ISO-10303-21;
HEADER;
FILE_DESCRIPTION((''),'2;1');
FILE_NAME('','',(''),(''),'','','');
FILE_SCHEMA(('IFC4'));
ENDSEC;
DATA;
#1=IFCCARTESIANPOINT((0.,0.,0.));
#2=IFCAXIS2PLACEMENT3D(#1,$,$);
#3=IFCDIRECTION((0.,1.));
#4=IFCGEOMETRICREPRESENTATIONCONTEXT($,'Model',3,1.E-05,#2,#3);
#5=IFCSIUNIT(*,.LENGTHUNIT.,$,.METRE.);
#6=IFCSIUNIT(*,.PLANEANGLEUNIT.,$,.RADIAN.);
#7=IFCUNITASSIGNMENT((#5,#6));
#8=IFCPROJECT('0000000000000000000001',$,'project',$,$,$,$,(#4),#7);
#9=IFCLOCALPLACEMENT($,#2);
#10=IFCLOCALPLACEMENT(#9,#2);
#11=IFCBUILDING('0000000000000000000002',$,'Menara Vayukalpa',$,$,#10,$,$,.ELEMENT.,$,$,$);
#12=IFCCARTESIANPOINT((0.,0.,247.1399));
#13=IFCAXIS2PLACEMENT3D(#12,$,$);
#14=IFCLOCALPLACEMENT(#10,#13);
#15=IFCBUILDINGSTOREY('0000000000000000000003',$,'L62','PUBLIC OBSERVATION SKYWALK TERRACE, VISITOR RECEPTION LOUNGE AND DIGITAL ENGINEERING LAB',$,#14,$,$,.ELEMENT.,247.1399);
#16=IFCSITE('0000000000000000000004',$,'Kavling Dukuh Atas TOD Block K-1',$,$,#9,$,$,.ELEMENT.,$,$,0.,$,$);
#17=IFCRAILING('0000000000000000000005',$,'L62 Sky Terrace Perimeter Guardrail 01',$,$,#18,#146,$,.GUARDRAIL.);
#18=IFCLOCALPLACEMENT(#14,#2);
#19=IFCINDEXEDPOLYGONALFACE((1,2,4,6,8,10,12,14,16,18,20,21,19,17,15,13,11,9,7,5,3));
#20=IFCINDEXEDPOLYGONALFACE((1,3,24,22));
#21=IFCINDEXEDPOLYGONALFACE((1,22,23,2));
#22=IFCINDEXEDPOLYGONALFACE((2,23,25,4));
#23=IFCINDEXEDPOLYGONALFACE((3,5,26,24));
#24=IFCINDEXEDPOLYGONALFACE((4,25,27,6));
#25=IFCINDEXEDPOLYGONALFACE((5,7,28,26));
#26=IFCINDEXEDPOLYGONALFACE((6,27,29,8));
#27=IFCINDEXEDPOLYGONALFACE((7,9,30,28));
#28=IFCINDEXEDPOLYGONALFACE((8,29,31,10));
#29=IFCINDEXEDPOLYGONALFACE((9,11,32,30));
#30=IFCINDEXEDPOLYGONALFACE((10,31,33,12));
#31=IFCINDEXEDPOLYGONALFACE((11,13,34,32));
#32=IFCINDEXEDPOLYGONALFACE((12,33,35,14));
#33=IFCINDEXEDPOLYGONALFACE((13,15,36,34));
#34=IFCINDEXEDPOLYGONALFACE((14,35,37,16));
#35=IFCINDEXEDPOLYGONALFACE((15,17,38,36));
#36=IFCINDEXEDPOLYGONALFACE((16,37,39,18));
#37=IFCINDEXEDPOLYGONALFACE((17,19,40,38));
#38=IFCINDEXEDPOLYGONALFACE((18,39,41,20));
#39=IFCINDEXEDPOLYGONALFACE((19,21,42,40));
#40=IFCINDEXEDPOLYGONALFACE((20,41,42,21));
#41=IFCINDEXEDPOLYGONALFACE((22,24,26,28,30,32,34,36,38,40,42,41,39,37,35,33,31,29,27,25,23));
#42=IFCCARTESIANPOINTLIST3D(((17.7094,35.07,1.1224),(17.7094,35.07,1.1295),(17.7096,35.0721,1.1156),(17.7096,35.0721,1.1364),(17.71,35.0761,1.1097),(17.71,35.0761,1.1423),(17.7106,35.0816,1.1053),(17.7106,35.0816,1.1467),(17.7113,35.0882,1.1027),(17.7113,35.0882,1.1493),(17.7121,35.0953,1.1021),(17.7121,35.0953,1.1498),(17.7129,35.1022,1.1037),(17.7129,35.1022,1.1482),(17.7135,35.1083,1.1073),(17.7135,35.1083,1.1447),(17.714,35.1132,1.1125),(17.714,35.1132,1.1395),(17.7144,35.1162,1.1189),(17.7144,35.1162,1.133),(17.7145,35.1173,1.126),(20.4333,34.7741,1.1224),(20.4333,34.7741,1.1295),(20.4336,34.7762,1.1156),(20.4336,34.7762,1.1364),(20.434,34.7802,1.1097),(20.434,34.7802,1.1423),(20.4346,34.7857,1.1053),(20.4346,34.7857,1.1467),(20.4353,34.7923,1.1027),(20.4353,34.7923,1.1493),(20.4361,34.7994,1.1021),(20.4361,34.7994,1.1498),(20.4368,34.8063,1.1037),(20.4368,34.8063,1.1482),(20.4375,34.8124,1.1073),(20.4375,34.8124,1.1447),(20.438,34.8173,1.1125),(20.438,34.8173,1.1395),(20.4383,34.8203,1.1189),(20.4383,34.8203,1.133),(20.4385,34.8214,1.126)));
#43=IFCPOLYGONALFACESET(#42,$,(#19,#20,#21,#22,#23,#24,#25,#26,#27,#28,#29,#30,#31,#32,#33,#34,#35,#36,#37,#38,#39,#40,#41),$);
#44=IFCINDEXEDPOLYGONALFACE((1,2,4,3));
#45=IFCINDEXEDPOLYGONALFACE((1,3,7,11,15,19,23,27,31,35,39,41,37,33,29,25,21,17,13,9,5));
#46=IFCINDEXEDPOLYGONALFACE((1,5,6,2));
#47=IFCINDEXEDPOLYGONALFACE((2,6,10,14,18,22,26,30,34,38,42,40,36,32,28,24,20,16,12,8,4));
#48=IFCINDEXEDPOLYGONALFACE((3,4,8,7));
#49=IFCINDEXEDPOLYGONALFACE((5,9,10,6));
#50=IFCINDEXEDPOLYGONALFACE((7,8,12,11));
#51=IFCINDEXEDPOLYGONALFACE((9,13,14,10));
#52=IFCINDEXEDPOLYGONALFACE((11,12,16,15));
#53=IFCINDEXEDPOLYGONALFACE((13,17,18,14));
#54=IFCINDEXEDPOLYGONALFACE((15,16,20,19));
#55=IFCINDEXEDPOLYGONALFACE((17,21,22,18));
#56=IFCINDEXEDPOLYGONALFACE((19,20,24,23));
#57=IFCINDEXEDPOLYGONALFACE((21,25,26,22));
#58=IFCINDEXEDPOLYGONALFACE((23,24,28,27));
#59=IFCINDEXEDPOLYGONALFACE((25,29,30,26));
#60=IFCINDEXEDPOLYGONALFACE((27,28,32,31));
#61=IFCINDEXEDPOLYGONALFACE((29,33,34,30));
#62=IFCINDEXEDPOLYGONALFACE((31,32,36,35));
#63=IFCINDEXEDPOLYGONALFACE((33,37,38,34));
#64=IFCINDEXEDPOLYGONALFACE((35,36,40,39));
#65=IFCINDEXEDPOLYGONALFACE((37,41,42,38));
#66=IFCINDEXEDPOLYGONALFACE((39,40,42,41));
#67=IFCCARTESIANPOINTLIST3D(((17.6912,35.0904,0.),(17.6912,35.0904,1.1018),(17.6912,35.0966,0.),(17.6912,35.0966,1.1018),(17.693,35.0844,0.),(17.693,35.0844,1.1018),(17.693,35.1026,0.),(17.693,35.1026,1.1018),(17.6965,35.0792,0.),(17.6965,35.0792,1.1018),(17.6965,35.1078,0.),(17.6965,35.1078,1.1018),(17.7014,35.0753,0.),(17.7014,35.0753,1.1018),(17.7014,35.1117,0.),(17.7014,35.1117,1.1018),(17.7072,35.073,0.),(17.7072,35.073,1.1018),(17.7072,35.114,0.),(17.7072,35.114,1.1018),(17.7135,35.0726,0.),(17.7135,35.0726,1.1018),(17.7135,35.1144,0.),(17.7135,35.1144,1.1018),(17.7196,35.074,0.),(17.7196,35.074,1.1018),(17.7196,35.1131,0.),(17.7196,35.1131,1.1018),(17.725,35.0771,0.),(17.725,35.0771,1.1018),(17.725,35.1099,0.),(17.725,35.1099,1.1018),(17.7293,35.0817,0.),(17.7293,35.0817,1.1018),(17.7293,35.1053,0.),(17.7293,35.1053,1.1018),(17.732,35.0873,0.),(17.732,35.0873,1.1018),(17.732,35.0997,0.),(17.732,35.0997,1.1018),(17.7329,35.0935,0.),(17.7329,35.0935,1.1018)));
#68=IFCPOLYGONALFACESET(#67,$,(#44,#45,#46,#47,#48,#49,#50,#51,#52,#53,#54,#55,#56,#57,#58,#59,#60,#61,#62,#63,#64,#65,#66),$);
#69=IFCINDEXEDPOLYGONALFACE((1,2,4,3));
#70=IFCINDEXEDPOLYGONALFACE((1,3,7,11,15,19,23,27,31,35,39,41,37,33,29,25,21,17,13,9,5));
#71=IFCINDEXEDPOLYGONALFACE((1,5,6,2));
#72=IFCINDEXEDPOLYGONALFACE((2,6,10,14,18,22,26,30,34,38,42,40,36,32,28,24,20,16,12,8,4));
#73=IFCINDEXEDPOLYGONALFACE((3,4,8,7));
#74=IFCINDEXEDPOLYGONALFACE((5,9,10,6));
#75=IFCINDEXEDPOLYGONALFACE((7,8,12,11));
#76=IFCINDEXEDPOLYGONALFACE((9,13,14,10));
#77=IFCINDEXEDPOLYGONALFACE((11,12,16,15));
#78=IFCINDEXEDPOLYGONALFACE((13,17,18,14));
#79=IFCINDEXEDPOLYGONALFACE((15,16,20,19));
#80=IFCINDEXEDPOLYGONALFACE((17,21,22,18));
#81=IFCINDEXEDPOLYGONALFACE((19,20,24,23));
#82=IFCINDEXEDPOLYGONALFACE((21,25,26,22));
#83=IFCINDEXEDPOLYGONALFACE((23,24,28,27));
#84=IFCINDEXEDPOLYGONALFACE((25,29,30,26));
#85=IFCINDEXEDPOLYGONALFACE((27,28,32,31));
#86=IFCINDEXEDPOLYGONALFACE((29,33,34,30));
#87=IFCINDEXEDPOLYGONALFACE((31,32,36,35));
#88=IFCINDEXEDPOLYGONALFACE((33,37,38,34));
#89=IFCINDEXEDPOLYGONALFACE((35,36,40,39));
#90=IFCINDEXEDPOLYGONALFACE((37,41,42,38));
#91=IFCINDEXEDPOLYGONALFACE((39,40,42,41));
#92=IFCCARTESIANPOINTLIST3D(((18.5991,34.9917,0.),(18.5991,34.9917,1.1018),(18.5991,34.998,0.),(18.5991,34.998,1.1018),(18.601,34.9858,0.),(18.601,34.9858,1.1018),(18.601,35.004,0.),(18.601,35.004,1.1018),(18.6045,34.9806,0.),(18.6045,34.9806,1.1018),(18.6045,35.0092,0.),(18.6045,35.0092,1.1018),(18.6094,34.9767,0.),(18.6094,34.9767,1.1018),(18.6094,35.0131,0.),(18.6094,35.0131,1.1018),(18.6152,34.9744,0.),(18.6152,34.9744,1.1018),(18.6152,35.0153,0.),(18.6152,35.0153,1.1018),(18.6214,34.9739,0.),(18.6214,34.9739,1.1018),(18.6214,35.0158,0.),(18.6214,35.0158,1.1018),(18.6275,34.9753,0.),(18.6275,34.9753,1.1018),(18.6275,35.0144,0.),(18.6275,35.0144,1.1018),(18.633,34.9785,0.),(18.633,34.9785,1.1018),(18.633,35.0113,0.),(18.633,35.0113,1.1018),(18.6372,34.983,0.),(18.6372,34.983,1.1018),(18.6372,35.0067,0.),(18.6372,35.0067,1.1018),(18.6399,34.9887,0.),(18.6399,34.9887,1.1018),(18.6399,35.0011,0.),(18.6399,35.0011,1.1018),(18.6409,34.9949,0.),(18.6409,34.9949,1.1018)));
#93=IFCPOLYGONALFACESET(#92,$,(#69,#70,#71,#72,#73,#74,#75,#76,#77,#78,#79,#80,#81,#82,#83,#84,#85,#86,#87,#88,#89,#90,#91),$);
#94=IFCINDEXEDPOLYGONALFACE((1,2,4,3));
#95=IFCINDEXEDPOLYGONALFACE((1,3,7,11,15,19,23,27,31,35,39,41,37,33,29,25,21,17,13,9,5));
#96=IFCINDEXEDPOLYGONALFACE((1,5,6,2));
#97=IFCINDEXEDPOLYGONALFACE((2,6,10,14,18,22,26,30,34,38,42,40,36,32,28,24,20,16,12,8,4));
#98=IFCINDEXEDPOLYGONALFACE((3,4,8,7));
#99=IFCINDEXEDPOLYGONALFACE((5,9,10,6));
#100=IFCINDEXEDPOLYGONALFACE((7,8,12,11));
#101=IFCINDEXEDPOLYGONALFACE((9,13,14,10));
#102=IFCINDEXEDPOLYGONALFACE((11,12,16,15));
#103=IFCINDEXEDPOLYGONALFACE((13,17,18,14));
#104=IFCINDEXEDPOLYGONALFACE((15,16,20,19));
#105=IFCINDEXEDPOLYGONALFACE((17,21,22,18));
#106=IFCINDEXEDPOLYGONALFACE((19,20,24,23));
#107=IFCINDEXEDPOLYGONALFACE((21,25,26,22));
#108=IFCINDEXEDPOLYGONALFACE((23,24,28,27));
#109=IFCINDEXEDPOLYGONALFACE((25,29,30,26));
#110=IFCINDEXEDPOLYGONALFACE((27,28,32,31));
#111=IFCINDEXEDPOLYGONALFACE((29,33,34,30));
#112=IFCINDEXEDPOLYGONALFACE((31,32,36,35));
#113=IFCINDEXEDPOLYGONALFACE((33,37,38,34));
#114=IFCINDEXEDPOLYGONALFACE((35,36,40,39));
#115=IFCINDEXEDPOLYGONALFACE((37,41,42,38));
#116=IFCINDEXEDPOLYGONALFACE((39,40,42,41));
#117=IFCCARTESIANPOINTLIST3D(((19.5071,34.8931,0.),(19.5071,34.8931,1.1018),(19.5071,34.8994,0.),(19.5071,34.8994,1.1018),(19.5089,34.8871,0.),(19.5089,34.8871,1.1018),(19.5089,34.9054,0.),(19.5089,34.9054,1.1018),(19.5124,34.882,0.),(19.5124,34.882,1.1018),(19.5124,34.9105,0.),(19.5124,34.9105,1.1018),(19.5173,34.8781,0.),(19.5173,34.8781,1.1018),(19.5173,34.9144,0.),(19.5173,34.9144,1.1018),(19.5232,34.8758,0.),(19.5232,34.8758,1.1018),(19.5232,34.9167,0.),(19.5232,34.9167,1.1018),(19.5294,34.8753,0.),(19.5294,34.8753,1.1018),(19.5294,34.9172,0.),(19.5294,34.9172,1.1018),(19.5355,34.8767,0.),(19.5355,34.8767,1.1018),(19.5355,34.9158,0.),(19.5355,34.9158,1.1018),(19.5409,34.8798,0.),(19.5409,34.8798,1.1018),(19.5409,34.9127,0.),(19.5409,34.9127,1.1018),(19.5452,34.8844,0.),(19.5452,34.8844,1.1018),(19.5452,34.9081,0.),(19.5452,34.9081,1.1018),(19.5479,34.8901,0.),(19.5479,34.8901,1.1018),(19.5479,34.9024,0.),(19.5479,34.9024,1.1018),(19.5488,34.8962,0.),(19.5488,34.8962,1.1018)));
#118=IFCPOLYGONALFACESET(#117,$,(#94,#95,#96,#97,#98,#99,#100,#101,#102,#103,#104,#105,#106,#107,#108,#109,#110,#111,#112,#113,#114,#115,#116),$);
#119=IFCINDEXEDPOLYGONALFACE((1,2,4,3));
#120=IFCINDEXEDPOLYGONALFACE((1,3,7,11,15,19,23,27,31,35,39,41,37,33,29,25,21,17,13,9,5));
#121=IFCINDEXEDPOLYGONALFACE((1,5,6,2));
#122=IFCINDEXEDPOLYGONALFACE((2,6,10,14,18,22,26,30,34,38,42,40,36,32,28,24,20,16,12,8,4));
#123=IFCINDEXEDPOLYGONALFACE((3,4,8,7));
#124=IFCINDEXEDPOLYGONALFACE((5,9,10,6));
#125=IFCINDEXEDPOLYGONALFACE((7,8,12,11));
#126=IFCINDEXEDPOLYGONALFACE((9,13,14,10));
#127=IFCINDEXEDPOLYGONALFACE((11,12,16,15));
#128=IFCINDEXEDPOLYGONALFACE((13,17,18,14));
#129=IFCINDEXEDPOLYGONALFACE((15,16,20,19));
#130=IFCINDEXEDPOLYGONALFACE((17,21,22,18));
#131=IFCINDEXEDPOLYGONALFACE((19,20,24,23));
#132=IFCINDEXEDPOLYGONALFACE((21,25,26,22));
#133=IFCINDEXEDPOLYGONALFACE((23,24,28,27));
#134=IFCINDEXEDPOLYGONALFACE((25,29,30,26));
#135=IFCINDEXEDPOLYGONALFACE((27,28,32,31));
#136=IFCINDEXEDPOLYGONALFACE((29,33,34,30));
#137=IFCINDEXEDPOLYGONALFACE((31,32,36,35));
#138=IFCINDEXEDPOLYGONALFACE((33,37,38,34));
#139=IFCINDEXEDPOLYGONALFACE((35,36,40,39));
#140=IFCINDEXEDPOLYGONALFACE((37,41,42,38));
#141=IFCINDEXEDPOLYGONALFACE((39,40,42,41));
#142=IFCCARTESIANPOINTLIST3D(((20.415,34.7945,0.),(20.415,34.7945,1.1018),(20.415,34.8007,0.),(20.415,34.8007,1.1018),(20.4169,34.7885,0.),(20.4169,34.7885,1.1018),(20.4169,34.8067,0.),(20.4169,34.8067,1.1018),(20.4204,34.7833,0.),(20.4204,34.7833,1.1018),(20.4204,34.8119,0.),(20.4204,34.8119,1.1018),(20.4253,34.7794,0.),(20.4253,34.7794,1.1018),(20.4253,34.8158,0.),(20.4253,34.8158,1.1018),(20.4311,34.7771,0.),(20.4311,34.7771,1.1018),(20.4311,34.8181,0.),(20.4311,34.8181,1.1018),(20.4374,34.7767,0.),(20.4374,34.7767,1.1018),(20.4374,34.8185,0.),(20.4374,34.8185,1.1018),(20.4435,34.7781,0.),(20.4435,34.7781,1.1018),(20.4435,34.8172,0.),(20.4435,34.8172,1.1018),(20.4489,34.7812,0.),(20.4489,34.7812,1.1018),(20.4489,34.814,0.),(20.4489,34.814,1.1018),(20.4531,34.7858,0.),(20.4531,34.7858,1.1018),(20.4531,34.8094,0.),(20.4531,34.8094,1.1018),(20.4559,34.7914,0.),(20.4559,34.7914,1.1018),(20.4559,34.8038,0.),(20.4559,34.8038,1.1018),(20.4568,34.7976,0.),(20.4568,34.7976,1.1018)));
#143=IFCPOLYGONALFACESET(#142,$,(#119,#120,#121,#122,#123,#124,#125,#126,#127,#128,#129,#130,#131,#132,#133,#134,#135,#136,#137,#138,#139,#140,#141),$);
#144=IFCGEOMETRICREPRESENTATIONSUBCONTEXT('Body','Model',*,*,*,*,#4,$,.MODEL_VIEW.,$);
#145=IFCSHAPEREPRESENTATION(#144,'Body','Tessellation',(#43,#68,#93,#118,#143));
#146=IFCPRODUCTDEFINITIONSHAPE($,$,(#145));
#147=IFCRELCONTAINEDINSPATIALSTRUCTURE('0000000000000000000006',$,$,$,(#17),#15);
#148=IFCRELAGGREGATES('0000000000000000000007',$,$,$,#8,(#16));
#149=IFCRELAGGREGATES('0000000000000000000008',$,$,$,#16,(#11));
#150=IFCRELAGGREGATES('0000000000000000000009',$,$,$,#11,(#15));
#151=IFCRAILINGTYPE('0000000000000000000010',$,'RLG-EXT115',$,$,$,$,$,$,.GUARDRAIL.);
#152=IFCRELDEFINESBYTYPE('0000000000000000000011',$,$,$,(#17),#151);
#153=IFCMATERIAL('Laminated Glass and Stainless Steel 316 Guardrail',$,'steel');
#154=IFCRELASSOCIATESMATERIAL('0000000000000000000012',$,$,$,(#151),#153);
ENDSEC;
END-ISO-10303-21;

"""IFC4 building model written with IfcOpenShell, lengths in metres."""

from ifc_helpers import new_model, si_unit, direction, frame, origin, origin_2d, place, context, subcontext, project, spatial, circle, extrude, material, type_object, element, save


model = new_model("IFC4")

# Units and contexts
model_context = context("Model", 3, precision=1e-05, world=origin(), true_north=direction((0.0, 1.0)))
body_context = subcontext(model_context, "Body", "Model", "MODEL_VIEW")
ifc_project = project(units=[si_unit("LENGTHUNIT", "METRE"), si_unit("PLANEANGLEUNIT", "RADIAN")], contexts=[model_context])

# Site, building, storey
site_placement = place(None, origin())
site = spatial("IfcSite", under=ifc_project, at=site_placement, Name="Kavling Dukuh Atas TOD Block K-1", CompositionType="ELEMENT", RefElevation=0.0)
building_placement = place(site_placement, origin())
building = spatial("IfcBuilding", under=site, at=building_placement, Name="Menara Vayukalpa", CompositionType="ELEMENT")
storey_placement = place(building_placement, frame((0.0, 0.0, 247.1399)))
storey = spatial("IfcBuildingStorey", under=building, at=storey_placement, Name="L62", Description="PUBLIC OBSERVATION SKYWALK TERRACE, VISITOR RECEPTION LOUNGE AND DIGITAL ENGINEERING LAB", CompositionType="ELEMENT", Elevation=247.1399)

# Railing
ifc_material_1 = material(Name="Laminated Glass and Stainless Steel 316 Guardrail", Category="steel")
railing_type = type_object("IfcRailingType", Name="RLG-EXT115", PredefinedType="GUARDRAIL", material=ifc_material_1)
railing_1_placement = place(storey_placement, frame((17.7119, 35.0935, 0.0)))
element("IfcRailing", 1, at=railing_1_placement, inside=storey, type_object=railing_type, Name="L62 Sky Terrace Perimeter Guardrail 01", PredefinedType="GUARDRAIL", context=body_context, shape_type="SweptSolid", body=[
    extrude(circle(Radius=0.0239, at=origin_2d()), frame((0.0, 0.0, 1.126), z_axis=(0.994151, -0.107996, 0.0), x_axis=(0.107996, 0.994151, 0.0)), (0.0, 0.0, 1.0), 2.74),
    extrude(circle(Radius=0.021, at=origin_2d()), origin(), (0.0, 0.0, 1.0), 1.1018),
    extrude(circle(Radius=0.021, at=origin_2d()), frame((0.908, -0.0986, 0.0)), (0.0, 0.0, 1.0), 1.1018),
    extrude(circle(Radius=0.021, at=origin_2d()), frame((1.8159, -0.1973, 0.0)), (0.0, 0.0, 1.0), 1.1018),
    extrude(circle(Radius=0.021, at=origin_2d()), frame((2.7239, -0.2959, 0.0)), (0.0, 0.0, 1.0), 1.1018),
])

save(model, "model.ifc")
